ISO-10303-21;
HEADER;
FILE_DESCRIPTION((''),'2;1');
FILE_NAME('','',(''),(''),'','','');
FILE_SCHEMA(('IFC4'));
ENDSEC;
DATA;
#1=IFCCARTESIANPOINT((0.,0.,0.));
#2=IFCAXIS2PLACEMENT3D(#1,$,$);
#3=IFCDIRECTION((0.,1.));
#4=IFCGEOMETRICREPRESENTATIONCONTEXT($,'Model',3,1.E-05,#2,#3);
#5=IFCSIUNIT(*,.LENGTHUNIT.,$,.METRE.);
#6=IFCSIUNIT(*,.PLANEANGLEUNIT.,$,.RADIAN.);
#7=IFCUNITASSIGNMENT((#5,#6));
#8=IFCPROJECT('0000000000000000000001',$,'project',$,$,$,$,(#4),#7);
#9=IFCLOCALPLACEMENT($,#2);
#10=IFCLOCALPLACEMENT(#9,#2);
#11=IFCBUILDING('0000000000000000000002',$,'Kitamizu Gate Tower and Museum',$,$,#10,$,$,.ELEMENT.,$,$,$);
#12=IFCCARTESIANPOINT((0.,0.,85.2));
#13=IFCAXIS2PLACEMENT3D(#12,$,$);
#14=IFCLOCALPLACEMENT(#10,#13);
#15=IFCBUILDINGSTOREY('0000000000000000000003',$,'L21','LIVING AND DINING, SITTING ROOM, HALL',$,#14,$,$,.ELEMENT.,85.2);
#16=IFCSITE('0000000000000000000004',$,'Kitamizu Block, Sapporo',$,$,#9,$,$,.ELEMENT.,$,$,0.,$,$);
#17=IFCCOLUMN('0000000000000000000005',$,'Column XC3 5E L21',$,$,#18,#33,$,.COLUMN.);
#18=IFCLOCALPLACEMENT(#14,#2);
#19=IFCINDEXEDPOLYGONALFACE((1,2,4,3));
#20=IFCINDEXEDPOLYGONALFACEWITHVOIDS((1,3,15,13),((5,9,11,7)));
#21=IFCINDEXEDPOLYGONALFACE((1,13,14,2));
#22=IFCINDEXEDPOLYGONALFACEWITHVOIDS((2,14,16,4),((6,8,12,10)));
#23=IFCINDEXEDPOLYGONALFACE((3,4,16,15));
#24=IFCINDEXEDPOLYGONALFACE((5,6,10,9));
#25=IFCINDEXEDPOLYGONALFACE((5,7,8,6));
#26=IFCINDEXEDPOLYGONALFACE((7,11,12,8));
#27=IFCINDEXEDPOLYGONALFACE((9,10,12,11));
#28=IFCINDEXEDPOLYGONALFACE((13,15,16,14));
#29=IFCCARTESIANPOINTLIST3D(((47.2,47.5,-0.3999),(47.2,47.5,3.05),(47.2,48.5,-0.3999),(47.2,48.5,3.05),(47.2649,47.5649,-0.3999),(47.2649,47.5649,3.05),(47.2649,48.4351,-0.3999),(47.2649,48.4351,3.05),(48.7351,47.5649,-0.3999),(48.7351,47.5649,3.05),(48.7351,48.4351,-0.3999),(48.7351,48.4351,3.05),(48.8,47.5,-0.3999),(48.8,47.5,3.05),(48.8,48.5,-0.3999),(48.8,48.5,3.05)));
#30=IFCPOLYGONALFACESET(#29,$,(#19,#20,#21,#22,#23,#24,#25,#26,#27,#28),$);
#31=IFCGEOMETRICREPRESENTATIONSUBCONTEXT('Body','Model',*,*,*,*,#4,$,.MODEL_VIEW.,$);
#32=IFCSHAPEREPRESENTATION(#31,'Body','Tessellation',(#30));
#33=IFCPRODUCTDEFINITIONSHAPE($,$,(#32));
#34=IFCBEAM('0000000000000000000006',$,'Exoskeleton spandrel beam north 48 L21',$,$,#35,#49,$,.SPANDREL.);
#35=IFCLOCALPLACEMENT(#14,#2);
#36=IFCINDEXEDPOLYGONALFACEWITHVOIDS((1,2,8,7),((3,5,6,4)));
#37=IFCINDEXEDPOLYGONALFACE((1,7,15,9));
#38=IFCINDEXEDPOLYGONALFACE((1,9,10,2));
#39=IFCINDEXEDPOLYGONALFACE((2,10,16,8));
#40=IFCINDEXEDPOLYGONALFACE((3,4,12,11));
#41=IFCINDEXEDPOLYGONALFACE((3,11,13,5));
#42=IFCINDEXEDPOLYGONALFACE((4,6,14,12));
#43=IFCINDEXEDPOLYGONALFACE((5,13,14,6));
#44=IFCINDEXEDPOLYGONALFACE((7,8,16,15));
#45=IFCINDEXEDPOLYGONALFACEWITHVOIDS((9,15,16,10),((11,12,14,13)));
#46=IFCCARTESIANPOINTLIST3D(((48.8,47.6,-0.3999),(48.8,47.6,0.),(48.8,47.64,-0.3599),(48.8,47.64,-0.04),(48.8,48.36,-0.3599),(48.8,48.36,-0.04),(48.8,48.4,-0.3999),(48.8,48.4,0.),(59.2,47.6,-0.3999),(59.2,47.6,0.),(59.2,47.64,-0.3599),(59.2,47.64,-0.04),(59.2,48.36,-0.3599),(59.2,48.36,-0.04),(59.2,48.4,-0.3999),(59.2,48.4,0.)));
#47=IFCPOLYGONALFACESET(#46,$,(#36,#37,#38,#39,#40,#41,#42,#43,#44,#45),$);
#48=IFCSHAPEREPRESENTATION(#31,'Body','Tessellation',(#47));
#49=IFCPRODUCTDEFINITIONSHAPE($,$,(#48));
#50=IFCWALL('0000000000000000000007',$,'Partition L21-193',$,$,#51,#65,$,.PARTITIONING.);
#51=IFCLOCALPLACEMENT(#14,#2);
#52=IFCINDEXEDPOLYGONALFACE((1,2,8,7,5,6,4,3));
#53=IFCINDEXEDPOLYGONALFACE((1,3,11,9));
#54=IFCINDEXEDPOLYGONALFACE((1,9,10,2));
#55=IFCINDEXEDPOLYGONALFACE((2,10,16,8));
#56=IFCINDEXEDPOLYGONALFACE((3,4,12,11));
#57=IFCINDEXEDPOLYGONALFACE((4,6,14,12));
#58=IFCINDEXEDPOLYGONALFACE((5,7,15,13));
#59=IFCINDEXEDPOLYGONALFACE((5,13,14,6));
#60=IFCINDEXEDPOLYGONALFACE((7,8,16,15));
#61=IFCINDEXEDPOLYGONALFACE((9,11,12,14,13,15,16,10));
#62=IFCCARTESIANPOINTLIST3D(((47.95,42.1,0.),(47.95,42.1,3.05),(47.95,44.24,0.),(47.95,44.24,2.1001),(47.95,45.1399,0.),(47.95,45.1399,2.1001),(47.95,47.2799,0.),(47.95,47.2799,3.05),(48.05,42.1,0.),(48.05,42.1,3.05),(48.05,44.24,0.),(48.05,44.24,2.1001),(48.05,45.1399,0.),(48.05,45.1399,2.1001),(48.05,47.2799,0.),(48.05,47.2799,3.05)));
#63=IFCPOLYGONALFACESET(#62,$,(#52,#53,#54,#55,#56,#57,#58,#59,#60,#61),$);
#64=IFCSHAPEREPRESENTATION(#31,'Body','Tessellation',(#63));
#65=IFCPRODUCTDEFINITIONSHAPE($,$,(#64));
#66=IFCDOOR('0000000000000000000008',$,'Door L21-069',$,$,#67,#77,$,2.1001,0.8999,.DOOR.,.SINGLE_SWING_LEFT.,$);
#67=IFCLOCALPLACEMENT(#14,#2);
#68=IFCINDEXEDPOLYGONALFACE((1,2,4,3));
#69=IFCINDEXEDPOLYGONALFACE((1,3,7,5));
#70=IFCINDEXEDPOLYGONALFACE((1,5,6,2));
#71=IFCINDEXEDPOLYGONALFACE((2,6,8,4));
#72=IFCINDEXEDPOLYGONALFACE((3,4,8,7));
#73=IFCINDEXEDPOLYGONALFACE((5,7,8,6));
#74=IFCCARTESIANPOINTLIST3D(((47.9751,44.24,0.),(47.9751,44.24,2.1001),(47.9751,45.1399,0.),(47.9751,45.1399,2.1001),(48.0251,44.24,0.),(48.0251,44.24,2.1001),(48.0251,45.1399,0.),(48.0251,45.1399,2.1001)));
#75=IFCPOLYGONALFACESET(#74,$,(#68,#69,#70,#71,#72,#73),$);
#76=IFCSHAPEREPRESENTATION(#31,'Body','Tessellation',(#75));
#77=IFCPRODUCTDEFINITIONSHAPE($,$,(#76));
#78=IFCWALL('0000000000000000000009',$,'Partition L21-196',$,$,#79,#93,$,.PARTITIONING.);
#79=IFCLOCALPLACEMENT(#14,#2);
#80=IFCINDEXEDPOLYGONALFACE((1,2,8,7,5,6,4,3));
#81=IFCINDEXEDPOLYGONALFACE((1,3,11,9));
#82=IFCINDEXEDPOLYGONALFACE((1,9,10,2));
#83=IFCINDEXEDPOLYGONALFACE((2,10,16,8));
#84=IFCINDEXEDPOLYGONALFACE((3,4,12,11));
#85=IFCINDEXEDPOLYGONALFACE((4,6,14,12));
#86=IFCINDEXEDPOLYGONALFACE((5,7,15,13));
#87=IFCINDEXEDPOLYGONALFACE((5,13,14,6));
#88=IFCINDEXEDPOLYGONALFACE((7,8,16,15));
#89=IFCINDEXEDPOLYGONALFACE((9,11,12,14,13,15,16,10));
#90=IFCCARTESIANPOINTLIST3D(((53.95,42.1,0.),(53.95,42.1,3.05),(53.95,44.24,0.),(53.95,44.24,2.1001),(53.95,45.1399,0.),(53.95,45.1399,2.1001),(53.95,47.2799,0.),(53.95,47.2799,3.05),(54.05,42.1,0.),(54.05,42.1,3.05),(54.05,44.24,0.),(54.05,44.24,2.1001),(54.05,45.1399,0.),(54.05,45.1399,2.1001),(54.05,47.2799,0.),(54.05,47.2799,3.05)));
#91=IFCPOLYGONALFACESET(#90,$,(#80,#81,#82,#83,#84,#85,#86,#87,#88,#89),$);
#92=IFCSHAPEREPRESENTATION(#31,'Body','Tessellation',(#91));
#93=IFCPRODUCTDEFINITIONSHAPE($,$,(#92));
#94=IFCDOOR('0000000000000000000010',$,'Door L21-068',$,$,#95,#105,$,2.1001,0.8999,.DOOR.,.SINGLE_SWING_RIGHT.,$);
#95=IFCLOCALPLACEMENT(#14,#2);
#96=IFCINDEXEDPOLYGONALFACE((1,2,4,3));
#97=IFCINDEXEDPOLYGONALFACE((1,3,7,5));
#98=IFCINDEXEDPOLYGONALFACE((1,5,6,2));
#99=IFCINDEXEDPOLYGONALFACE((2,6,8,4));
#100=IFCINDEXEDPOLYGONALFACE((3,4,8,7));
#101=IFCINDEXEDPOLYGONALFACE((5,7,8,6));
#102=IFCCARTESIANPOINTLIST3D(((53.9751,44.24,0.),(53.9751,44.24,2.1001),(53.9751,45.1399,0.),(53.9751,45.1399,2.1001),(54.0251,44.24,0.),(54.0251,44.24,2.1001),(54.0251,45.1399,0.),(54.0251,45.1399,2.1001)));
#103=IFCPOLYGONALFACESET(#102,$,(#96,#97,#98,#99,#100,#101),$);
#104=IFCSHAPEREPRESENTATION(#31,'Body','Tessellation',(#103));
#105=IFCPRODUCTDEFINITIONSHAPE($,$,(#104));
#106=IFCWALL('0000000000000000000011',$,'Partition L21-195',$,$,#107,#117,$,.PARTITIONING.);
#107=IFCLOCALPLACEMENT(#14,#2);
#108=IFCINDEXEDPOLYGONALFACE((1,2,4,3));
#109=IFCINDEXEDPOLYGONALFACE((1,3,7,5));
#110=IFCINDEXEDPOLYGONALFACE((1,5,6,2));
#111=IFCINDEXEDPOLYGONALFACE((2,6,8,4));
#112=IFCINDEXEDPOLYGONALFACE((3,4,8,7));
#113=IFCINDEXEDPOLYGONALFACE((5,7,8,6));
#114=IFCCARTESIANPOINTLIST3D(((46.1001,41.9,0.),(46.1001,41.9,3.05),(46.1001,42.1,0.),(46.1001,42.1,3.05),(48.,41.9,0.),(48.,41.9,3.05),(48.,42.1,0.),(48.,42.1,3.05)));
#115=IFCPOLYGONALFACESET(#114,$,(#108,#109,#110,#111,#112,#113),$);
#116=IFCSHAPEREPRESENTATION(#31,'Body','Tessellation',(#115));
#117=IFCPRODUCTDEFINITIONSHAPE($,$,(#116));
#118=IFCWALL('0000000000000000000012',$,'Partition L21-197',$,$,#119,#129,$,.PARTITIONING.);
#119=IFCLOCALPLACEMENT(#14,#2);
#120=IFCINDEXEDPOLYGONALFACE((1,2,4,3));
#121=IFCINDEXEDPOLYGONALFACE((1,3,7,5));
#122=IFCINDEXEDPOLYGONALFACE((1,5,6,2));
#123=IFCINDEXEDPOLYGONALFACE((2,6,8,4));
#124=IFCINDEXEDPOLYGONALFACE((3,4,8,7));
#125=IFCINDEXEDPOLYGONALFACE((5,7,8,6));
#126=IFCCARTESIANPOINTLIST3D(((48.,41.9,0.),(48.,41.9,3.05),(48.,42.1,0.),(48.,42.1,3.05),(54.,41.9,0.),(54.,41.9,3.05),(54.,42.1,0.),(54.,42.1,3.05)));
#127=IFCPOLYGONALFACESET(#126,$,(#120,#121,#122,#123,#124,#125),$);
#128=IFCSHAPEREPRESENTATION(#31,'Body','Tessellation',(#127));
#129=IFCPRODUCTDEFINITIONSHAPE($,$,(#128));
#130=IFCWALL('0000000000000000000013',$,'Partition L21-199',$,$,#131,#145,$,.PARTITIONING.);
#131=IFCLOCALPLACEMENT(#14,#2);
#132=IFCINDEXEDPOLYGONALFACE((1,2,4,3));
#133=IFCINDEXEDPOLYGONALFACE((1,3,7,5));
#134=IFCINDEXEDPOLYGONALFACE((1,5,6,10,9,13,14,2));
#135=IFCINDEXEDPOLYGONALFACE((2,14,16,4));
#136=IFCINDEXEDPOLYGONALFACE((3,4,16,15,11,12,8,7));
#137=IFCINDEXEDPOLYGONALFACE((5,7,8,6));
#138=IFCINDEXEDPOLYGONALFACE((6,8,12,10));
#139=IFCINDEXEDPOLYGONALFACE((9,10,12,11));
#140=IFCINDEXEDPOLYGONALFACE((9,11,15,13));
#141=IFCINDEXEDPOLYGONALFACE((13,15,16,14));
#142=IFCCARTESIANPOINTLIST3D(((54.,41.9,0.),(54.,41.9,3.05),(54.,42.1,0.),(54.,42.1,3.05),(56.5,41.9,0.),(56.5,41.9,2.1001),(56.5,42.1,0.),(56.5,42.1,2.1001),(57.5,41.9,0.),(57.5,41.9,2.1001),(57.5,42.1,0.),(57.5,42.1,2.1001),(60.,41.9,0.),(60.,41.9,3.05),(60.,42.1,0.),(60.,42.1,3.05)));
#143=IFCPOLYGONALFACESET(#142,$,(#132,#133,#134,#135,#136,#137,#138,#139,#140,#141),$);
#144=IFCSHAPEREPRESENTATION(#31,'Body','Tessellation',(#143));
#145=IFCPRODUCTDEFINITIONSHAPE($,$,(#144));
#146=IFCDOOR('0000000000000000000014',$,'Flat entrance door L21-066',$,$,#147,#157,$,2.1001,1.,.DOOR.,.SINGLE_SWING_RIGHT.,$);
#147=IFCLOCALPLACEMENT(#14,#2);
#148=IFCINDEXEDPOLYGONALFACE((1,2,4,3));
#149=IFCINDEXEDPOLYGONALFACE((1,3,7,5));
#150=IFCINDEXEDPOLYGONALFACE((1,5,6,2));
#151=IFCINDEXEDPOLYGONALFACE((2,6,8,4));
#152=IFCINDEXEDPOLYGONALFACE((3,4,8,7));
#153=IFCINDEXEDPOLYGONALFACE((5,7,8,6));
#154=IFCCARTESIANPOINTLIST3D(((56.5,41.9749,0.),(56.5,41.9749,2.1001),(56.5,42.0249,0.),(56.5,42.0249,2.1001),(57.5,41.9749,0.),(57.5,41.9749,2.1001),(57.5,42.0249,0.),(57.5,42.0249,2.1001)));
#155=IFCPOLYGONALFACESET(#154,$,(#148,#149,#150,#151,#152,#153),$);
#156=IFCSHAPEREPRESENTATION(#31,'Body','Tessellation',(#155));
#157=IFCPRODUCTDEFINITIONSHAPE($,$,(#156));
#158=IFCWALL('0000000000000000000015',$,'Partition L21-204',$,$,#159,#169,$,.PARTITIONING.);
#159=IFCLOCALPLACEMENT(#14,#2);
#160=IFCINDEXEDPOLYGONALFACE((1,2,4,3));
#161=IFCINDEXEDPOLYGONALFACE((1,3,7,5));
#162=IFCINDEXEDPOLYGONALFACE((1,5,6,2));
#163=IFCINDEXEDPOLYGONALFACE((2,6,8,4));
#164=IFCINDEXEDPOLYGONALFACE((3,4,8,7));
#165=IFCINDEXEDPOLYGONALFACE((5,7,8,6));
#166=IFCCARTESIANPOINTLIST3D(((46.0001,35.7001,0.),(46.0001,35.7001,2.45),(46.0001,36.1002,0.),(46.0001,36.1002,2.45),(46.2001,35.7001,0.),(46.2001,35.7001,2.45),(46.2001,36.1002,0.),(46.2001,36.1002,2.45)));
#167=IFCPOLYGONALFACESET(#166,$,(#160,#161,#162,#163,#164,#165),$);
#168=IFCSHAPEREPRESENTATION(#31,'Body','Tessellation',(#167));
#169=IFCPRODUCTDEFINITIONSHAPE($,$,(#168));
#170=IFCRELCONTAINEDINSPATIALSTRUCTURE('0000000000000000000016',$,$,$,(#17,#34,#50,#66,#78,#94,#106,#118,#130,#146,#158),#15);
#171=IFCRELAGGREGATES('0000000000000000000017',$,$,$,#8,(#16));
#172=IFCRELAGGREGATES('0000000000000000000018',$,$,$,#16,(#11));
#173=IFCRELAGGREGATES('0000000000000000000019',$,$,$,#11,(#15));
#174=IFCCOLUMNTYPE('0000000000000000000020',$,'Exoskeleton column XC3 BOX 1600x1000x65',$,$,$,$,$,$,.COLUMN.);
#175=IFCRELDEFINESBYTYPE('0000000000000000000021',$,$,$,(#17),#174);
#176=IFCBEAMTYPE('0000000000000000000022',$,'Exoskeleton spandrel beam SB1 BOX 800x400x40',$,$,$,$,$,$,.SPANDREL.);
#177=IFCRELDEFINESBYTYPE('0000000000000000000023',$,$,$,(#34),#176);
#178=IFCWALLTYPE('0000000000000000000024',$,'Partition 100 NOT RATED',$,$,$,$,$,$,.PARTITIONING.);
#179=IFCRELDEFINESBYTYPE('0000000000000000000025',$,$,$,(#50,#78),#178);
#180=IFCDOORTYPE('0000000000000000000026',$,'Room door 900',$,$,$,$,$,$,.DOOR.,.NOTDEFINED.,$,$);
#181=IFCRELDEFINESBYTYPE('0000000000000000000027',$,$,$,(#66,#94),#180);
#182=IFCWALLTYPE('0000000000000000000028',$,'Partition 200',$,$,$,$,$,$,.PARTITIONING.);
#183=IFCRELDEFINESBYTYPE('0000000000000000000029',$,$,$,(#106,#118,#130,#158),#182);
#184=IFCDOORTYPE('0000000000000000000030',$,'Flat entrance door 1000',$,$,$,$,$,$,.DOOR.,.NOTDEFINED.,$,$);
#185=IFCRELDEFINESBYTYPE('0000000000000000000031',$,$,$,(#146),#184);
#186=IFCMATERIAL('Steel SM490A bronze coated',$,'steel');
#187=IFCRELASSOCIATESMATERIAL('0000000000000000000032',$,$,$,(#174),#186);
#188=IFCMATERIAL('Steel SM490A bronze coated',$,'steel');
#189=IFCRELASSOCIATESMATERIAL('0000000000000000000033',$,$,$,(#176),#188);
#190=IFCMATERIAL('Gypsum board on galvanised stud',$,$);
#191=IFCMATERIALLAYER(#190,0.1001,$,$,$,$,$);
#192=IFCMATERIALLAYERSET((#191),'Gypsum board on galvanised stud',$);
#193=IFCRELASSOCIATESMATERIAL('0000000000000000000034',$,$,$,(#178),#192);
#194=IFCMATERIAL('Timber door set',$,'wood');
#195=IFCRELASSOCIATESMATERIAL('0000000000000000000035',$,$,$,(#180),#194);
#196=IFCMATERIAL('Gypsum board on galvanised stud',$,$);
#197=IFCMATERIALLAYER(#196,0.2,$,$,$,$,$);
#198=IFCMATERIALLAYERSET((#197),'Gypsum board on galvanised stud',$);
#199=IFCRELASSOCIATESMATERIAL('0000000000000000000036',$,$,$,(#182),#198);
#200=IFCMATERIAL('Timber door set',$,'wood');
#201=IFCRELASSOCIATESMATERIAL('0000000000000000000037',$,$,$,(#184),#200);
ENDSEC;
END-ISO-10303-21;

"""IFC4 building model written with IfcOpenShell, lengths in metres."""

from ifc_helpers import new_model, si_unit, direction, frame, frame_2d, origin, origin_2d, place, context, subcontext, project, spatial, rectangle, hollow_rectangle, extrude, material, layer, layer_set, material_profile, profile_set, type_object, element, fill, save


model = new_model("IFC4")

# Units and contexts
model_context = context("Model", 3, precision=1e-05, world=origin(), true_north=direction((0.0, 1.0)))
body_context = subcontext(model_context, "Body", "Model", "MODEL_VIEW")
ifc_project = project(units=[si_unit("LENGTHUNIT", "METRE"), si_unit("PLANEANGLEUNIT", "RADIAN")], contexts=[model_context])

# Site, building, storey
site_placement = place(None, origin())
site = spatial("IfcSite", under=ifc_project, at=site_placement, Name="Kitamizu Block, Sapporo", CompositionType="ELEMENT", RefElevation=0.0)
building_placement = place(site_placement, origin())
building = spatial("IfcBuilding", under=site, at=building_placement, Name="Kitamizu Gate Tower and Museum", CompositionType="ELEMENT")
storey_placement = place(building_placement, frame((0.0, 0.0, 85.2)))
storey = spatial("IfcBuildingStorey", under=building, at=storey_placement, Name="L21", Description="LIVING AND DINING, SITTING ROOM, HALL", CompositionType="ELEMENT", Elevation=85.2)

# Column
ifc_material_1 = material(Name="Steel SM490A bronze coated", Category="steel")
ifc_material_profile_1 = material_profile(ifc_material_1, hollow_rectangle(XDim=1.6001, YDim=1.0, WallThickness=0.0649, at=origin_2d()), Name="BOX 1600x1000x65")
ifc_profile_set_1 = profile_set([ifc_material_profile_1], Name="Steel SM490A bronze coated")
column_type = type_object("IfcColumnType", Name="Exoskeleton column XC3 BOX 1600x1000x65", PredefinedType="COLUMN", material=ifc_profile_set_1)
column_placement = place(storey_placement, frame((48.0, 48.0, -0.3999), z_axis=(0.0, 0.0, 1.0), x_axis=(1.0, 0.0, 0.0)))
element("IfcColumn", 1, at=column_placement, inside=storey, type_object=column_type, Name="Column XC3 5E L21", PredefinedType="COLUMN", context=body_context, shape_type="SweptSolid", body=[
    extrude(hollow_rectangle(XDim=1.6001, YDim=1.0, WallThickness=0.0649, at=origin_2d()), origin(), (0.0, 0.0, 1.0), 3.45),
])

# Beam
ifc_material_2 = material(Name="Steel SM490A bronze coated", Category="steel")
ifc_material_profile_2 = material_profile(ifc_material_2, hollow_rectangle(XDim=0.8, YDim=0.3999, WallThickness=0.04, at=origin_2d()), Name="BOX 800x400x40")
ifc_profile_set_2 = profile_set([ifc_material_profile_2], Name="Steel SM490A bronze coated")
beam_type = type_object("IfcBeamType", Name="Exoskeleton spandrel beam SB1 BOX 800x400x40", PredefinedType="SPANDREL", material=ifc_profile_set_2)
beam_placement = place(storey_placement, frame((48.8, 48.0, -0.2), z_axis=(1.0, 0.0, 0.0), x_axis=(0.0, 1.0, 0.0)))
element("IfcBeam", 2, at=beam_placement, inside=storey, type_object=beam_type, Name="Exoskeleton spandrel beam north 48 L21", PredefinedType="SPANDREL", context=body_context, shape_type="SweptSolid", body=[
    extrude(hollow_rectangle(XDim=0.8, YDim=0.3999, WallThickness=0.04, at=origin_2d()), origin(), (0.0, 0.0, 1.0), 10.3999),
])

# Walls, openings, doors
ifc_material_3 = material(Name="Gypsum board on galvanised stud")
ifc_layer_1 = layer(ifc_material_3, 0.1001)
ifc_layer_set_1 = layer_set([ifc_layer_1], Name="Gypsum board on galvanised stud")
wall_type_1 = type_object("IfcWallType", Name="Partition 100 NOT RATED", PredefinedType="PARTITIONING", material=ifc_layer_set_1)
wall_1_placement = place(storey_placement, frame((48.0, 42.1001, 0.0), z_axis=(0.0, 0.0, 1.0), x_axis=(0.0, 1.0, 0.0)))
wall_1 = element("IfcWall", 3, at=wall_1_placement, inside=storey, type_object=wall_type_1, Name="Partition L21-193", PredefinedType="PARTITIONING", context=body_context, shape_type="SweptSolid", body=[
    extrude(rectangle(XDim=5.1799, YDim=0.1001, at=frame_2d((2.5898, 0.0))), origin(), (0.0, 0.0, 1.0), 3.05),
])
opening_1_placement = place(wall_1_placement, frame((2.1399, 0.0, 0.0)))
opening_1 = element("IfcOpeningElement", 4, at=opening_1_placement, cuts=wall_1, PredefinedType="OPENING", context=body_context, shape_type="SweptSolid", body=[
    extrude(rectangle(XDim=0.8999, YDim=2.1001, at=frame_2d((0.45, 1.05))), frame((0.0, 0.0601, 0.0), z_axis=(0.0, -1.0, 0.0), x_axis=(1.0, 0.0, 0.0)), (0.0, 0.0, 1.0), 0.1201),
])
ifc_material_4 = material(Name="Timber door set", Category="wood")
door_type_1 = type_object("IfcDoorType", Name="Room door 900", OperationType="NOTDEFINED", PredefinedType="DOOR", material=ifc_material_4)
door_1_placement = place(opening_1_placement, origin())
door_1 = element("IfcDoor", 5, at=door_1_placement, inside=storey, type_object=door_type_1, Name="Door L21-069", OperationType="SINGLE_SWING_LEFT", OverallHeight=2.1001, OverallWidth=0.8999, PredefinedType="DOOR", context=body_context, shape_type="SweptSolid", body=[
    extrude(rectangle(XDim=0.8999, YDim=2.1001, at=frame_2d((0.45, 1.05))), frame((0.0, 0.0249, 0.0), z_axis=(0.0, -1.0, 0.0), x_axis=(1.0, 0.0, 0.0)), (0.0, 0.0, 1.0), 0.05),
])
fill(opening_1, door_1)
wall_2_placement = place(storey_placement, frame((54.0, 42.1001, 0.0), z_axis=(0.0, 0.0, 1.0), x_axis=(0.0, 1.0, 0.0)))
wall_2 = element("IfcWall", 6, at=wall_2_placement, inside=storey, type_object=wall_type_1, Name="Partition L21-196", PredefinedType="PARTITIONING", context=body_context, shape_type="SweptSolid", body=[
    extrude(rectangle(XDim=5.1799, YDim=0.1001, at=frame_2d((2.5898, 0.0))), origin(), (0.0, 0.0, 1.0), 3.05),
])
opening_2_placement = place(wall_2_placement, frame((2.1399, 0.0, 0.0)))
opening_2 = element("IfcOpeningElement", 7, at=opening_2_placement, cuts=wall_2, PredefinedType="OPENING", context=body_context, shape_type="SweptSolid", body=[
    extrude(rectangle(XDim=0.8999, YDim=2.1001, at=frame_2d((0.45, 1.05))), frame((0.0, 0.0601, 0.0), z_axis=(0.0, -1.0, 0.0), x_axis=(1.0, 0.0, 0.0)), (0.0, 0.0, 1.0), 0.1201),
])
door_2_placement = place(opening_2_placement, origin())
door_2 = element("IfcDoor", 8, at=door_2_placement, inside=storey, type_object=door_type_1, Name="Door L21-068", OperationType="SINGLE_SWING_RIGHT", OverallHeight=2.1001, OverallWidth=0.8999, PredefinedType="DOOR", context=body_context, shape_type="SweptSolid", body=[
    extrude(rectangle(XDim=0.8999, YDim=2.1001, at=frame_2d((0.45, 1.05))), frame((0.0, 0.0249, 0.0), z_axis=(0.0, -1.0, 0.0), x_axis=(1.0, 0.0, 0.0)), (0.0, 0.0, 1.0), 0.05),
])
fill(opening_2, door_2)

# Walls
ifc_material_5 = material(Name="Gypsum board on galvanised stud")
ifc_layer_2 = layer(ifc_material_5, 0.2)
ifc_layer_set_2 = layer_set([ifc_layer_2], Name="Gypsum board on galvanised stud")
wall_type_2 = type_object("IfcWallType", Name="Partition 200", PredefinedType="PARTITIONING", material=ifc_layer_set_2)
wall_3_placement = place(storey_placement, frame((46.1001, 42.0, 0.0), z_axis=(0.0, 0.0, 1.0), x_axis=(1.0, 0.0, 0.0)))
element("IfcWall", 9, at=wall_3_placement, inside=storey, type_object=wall_type_2, Name="Partition L21-195", PredefinedType="PARTITIONING", context=body_context, shape_type="SweptSolid", body=[
    extrude(rectangle(XDim=1.8999, YDim=0.2, at=frame_2d((0.95, 0.0))), origin(), (0.0, 0.0, 1.0), 3.05),
])
wall_4_placement = place(storey_placement, frame((48.0, 42.0, 0.0), z_axis=(0.0, 0.0, 1.0), x_axis=(1.0, 0.0, 0.0)))
element("IfcWall", 10, at=wall_4_placement, inside=storey, type_object=wall_type_2, Name="Partition L21-197", PredefinedType="PARTITIONING", context=body_context, shape_type="SweptSolid", body=[
    extrude(rectangle(XDim=6.0, YDim=0.2, at=frame_2d((3.0, 0.0))), origin(), (0.0, 0.0, 1.0), 3.05),
])

# Wall, opening, door
wall_5_placement = place(storey_placement, frame((54.0, 42.0, 0.0), z_axis=(0.0, 0.0, 1.0), x_axis=(1.0, 0.0, 0.0)))
wall_5 = element("IfcWall", 11, at=wall_5_placement, inside=storey, type_object=wall_type_2, Name="Partition L21-199", PredefinedType="PARTITIONING", context=body_context, shape_type="SweptSolid", body=[
    extrude(rectangle(XDim=6.0, YDim=0.2, at=frame_2d((3.0, 0.0))), origin(), (0.0, 0.0, 1.0), 3.05),
])
opening_3_placement = place(wall_5_placement, frame((2.5, 0.0, 0.0)))
opening_3 = element("IfcOpeningElement", 12, at=opening_3_placement, cuts=wall_5, PredefinedType="OPENING", context=body_context, shape_type="SweptSolid", body=[
    extrude(rectangle(XDim=1.0, YDim=2.1001, at=frame_2d((0.5, 1.05))), frame((0.0, 0.1099, 0.0), z_axis=(0.0, -1.0, 0.0), x_axis=(1.0, 0.0, 0.0)), (0.0, 0.0, 1.0), 0.22),
])
ifc_material_6 = material(Name="Timber door set", Category="wood")
door_type_2 = type_object("IfcDoorType", Name="Flat entrance door 1000", OperationType="NOTDEFINED", PredefinedType="DOOR", material=ifc_material_6)
door_3_placement = place(opening_3_placement, origin())
door_3 = element("IfcDoor", 13, at=door_3_placement, inside=storey, type_object=door_type_2, Name="Flat entrance door L21-066", OperationType="SINGLE_SWING_RIGHT", OverallHeight=2.1001, OverallWidth=1.0, PredefinedType="DOOR", context=body_context, shape_type="SweptSolid", body=[
    extrude(rectangle(XDim=1.0, YDim=2.1001, at=frame_2d((0.5, 1.05))), frame((0.0, 0.0249, 0.0), z_axis=(0.0, -1.0, 0.0), x_axis=(1.0, 0.0, 0.0)), (0.0, 0.0, 1.0), 0.05),
])
fill(opening_3, door_3)

# Wall
wall_6_placement = place(storey_placement, frame((46.1001, 35.7, 0.0), z_axis=(0.0, 0.0, 1.0), x_axis=(0.0, 1.0, 0.0)))
element("IfcWall", 14, at=wall_6_placement, inside=storey, type_object=wall_type_2, Name="Partition L21-204", PredefinedType="PARTITIONING", context=body_context, shape_type="SweptSolid", body=[
    extrude(rectangle(XDim=0.4001, YDim=0.2, at=frame_2d((0.2002, 0.0))), origin(), (0.0, 0.0, 1.0), 2.45),
])

save(model, "model.ifc")
